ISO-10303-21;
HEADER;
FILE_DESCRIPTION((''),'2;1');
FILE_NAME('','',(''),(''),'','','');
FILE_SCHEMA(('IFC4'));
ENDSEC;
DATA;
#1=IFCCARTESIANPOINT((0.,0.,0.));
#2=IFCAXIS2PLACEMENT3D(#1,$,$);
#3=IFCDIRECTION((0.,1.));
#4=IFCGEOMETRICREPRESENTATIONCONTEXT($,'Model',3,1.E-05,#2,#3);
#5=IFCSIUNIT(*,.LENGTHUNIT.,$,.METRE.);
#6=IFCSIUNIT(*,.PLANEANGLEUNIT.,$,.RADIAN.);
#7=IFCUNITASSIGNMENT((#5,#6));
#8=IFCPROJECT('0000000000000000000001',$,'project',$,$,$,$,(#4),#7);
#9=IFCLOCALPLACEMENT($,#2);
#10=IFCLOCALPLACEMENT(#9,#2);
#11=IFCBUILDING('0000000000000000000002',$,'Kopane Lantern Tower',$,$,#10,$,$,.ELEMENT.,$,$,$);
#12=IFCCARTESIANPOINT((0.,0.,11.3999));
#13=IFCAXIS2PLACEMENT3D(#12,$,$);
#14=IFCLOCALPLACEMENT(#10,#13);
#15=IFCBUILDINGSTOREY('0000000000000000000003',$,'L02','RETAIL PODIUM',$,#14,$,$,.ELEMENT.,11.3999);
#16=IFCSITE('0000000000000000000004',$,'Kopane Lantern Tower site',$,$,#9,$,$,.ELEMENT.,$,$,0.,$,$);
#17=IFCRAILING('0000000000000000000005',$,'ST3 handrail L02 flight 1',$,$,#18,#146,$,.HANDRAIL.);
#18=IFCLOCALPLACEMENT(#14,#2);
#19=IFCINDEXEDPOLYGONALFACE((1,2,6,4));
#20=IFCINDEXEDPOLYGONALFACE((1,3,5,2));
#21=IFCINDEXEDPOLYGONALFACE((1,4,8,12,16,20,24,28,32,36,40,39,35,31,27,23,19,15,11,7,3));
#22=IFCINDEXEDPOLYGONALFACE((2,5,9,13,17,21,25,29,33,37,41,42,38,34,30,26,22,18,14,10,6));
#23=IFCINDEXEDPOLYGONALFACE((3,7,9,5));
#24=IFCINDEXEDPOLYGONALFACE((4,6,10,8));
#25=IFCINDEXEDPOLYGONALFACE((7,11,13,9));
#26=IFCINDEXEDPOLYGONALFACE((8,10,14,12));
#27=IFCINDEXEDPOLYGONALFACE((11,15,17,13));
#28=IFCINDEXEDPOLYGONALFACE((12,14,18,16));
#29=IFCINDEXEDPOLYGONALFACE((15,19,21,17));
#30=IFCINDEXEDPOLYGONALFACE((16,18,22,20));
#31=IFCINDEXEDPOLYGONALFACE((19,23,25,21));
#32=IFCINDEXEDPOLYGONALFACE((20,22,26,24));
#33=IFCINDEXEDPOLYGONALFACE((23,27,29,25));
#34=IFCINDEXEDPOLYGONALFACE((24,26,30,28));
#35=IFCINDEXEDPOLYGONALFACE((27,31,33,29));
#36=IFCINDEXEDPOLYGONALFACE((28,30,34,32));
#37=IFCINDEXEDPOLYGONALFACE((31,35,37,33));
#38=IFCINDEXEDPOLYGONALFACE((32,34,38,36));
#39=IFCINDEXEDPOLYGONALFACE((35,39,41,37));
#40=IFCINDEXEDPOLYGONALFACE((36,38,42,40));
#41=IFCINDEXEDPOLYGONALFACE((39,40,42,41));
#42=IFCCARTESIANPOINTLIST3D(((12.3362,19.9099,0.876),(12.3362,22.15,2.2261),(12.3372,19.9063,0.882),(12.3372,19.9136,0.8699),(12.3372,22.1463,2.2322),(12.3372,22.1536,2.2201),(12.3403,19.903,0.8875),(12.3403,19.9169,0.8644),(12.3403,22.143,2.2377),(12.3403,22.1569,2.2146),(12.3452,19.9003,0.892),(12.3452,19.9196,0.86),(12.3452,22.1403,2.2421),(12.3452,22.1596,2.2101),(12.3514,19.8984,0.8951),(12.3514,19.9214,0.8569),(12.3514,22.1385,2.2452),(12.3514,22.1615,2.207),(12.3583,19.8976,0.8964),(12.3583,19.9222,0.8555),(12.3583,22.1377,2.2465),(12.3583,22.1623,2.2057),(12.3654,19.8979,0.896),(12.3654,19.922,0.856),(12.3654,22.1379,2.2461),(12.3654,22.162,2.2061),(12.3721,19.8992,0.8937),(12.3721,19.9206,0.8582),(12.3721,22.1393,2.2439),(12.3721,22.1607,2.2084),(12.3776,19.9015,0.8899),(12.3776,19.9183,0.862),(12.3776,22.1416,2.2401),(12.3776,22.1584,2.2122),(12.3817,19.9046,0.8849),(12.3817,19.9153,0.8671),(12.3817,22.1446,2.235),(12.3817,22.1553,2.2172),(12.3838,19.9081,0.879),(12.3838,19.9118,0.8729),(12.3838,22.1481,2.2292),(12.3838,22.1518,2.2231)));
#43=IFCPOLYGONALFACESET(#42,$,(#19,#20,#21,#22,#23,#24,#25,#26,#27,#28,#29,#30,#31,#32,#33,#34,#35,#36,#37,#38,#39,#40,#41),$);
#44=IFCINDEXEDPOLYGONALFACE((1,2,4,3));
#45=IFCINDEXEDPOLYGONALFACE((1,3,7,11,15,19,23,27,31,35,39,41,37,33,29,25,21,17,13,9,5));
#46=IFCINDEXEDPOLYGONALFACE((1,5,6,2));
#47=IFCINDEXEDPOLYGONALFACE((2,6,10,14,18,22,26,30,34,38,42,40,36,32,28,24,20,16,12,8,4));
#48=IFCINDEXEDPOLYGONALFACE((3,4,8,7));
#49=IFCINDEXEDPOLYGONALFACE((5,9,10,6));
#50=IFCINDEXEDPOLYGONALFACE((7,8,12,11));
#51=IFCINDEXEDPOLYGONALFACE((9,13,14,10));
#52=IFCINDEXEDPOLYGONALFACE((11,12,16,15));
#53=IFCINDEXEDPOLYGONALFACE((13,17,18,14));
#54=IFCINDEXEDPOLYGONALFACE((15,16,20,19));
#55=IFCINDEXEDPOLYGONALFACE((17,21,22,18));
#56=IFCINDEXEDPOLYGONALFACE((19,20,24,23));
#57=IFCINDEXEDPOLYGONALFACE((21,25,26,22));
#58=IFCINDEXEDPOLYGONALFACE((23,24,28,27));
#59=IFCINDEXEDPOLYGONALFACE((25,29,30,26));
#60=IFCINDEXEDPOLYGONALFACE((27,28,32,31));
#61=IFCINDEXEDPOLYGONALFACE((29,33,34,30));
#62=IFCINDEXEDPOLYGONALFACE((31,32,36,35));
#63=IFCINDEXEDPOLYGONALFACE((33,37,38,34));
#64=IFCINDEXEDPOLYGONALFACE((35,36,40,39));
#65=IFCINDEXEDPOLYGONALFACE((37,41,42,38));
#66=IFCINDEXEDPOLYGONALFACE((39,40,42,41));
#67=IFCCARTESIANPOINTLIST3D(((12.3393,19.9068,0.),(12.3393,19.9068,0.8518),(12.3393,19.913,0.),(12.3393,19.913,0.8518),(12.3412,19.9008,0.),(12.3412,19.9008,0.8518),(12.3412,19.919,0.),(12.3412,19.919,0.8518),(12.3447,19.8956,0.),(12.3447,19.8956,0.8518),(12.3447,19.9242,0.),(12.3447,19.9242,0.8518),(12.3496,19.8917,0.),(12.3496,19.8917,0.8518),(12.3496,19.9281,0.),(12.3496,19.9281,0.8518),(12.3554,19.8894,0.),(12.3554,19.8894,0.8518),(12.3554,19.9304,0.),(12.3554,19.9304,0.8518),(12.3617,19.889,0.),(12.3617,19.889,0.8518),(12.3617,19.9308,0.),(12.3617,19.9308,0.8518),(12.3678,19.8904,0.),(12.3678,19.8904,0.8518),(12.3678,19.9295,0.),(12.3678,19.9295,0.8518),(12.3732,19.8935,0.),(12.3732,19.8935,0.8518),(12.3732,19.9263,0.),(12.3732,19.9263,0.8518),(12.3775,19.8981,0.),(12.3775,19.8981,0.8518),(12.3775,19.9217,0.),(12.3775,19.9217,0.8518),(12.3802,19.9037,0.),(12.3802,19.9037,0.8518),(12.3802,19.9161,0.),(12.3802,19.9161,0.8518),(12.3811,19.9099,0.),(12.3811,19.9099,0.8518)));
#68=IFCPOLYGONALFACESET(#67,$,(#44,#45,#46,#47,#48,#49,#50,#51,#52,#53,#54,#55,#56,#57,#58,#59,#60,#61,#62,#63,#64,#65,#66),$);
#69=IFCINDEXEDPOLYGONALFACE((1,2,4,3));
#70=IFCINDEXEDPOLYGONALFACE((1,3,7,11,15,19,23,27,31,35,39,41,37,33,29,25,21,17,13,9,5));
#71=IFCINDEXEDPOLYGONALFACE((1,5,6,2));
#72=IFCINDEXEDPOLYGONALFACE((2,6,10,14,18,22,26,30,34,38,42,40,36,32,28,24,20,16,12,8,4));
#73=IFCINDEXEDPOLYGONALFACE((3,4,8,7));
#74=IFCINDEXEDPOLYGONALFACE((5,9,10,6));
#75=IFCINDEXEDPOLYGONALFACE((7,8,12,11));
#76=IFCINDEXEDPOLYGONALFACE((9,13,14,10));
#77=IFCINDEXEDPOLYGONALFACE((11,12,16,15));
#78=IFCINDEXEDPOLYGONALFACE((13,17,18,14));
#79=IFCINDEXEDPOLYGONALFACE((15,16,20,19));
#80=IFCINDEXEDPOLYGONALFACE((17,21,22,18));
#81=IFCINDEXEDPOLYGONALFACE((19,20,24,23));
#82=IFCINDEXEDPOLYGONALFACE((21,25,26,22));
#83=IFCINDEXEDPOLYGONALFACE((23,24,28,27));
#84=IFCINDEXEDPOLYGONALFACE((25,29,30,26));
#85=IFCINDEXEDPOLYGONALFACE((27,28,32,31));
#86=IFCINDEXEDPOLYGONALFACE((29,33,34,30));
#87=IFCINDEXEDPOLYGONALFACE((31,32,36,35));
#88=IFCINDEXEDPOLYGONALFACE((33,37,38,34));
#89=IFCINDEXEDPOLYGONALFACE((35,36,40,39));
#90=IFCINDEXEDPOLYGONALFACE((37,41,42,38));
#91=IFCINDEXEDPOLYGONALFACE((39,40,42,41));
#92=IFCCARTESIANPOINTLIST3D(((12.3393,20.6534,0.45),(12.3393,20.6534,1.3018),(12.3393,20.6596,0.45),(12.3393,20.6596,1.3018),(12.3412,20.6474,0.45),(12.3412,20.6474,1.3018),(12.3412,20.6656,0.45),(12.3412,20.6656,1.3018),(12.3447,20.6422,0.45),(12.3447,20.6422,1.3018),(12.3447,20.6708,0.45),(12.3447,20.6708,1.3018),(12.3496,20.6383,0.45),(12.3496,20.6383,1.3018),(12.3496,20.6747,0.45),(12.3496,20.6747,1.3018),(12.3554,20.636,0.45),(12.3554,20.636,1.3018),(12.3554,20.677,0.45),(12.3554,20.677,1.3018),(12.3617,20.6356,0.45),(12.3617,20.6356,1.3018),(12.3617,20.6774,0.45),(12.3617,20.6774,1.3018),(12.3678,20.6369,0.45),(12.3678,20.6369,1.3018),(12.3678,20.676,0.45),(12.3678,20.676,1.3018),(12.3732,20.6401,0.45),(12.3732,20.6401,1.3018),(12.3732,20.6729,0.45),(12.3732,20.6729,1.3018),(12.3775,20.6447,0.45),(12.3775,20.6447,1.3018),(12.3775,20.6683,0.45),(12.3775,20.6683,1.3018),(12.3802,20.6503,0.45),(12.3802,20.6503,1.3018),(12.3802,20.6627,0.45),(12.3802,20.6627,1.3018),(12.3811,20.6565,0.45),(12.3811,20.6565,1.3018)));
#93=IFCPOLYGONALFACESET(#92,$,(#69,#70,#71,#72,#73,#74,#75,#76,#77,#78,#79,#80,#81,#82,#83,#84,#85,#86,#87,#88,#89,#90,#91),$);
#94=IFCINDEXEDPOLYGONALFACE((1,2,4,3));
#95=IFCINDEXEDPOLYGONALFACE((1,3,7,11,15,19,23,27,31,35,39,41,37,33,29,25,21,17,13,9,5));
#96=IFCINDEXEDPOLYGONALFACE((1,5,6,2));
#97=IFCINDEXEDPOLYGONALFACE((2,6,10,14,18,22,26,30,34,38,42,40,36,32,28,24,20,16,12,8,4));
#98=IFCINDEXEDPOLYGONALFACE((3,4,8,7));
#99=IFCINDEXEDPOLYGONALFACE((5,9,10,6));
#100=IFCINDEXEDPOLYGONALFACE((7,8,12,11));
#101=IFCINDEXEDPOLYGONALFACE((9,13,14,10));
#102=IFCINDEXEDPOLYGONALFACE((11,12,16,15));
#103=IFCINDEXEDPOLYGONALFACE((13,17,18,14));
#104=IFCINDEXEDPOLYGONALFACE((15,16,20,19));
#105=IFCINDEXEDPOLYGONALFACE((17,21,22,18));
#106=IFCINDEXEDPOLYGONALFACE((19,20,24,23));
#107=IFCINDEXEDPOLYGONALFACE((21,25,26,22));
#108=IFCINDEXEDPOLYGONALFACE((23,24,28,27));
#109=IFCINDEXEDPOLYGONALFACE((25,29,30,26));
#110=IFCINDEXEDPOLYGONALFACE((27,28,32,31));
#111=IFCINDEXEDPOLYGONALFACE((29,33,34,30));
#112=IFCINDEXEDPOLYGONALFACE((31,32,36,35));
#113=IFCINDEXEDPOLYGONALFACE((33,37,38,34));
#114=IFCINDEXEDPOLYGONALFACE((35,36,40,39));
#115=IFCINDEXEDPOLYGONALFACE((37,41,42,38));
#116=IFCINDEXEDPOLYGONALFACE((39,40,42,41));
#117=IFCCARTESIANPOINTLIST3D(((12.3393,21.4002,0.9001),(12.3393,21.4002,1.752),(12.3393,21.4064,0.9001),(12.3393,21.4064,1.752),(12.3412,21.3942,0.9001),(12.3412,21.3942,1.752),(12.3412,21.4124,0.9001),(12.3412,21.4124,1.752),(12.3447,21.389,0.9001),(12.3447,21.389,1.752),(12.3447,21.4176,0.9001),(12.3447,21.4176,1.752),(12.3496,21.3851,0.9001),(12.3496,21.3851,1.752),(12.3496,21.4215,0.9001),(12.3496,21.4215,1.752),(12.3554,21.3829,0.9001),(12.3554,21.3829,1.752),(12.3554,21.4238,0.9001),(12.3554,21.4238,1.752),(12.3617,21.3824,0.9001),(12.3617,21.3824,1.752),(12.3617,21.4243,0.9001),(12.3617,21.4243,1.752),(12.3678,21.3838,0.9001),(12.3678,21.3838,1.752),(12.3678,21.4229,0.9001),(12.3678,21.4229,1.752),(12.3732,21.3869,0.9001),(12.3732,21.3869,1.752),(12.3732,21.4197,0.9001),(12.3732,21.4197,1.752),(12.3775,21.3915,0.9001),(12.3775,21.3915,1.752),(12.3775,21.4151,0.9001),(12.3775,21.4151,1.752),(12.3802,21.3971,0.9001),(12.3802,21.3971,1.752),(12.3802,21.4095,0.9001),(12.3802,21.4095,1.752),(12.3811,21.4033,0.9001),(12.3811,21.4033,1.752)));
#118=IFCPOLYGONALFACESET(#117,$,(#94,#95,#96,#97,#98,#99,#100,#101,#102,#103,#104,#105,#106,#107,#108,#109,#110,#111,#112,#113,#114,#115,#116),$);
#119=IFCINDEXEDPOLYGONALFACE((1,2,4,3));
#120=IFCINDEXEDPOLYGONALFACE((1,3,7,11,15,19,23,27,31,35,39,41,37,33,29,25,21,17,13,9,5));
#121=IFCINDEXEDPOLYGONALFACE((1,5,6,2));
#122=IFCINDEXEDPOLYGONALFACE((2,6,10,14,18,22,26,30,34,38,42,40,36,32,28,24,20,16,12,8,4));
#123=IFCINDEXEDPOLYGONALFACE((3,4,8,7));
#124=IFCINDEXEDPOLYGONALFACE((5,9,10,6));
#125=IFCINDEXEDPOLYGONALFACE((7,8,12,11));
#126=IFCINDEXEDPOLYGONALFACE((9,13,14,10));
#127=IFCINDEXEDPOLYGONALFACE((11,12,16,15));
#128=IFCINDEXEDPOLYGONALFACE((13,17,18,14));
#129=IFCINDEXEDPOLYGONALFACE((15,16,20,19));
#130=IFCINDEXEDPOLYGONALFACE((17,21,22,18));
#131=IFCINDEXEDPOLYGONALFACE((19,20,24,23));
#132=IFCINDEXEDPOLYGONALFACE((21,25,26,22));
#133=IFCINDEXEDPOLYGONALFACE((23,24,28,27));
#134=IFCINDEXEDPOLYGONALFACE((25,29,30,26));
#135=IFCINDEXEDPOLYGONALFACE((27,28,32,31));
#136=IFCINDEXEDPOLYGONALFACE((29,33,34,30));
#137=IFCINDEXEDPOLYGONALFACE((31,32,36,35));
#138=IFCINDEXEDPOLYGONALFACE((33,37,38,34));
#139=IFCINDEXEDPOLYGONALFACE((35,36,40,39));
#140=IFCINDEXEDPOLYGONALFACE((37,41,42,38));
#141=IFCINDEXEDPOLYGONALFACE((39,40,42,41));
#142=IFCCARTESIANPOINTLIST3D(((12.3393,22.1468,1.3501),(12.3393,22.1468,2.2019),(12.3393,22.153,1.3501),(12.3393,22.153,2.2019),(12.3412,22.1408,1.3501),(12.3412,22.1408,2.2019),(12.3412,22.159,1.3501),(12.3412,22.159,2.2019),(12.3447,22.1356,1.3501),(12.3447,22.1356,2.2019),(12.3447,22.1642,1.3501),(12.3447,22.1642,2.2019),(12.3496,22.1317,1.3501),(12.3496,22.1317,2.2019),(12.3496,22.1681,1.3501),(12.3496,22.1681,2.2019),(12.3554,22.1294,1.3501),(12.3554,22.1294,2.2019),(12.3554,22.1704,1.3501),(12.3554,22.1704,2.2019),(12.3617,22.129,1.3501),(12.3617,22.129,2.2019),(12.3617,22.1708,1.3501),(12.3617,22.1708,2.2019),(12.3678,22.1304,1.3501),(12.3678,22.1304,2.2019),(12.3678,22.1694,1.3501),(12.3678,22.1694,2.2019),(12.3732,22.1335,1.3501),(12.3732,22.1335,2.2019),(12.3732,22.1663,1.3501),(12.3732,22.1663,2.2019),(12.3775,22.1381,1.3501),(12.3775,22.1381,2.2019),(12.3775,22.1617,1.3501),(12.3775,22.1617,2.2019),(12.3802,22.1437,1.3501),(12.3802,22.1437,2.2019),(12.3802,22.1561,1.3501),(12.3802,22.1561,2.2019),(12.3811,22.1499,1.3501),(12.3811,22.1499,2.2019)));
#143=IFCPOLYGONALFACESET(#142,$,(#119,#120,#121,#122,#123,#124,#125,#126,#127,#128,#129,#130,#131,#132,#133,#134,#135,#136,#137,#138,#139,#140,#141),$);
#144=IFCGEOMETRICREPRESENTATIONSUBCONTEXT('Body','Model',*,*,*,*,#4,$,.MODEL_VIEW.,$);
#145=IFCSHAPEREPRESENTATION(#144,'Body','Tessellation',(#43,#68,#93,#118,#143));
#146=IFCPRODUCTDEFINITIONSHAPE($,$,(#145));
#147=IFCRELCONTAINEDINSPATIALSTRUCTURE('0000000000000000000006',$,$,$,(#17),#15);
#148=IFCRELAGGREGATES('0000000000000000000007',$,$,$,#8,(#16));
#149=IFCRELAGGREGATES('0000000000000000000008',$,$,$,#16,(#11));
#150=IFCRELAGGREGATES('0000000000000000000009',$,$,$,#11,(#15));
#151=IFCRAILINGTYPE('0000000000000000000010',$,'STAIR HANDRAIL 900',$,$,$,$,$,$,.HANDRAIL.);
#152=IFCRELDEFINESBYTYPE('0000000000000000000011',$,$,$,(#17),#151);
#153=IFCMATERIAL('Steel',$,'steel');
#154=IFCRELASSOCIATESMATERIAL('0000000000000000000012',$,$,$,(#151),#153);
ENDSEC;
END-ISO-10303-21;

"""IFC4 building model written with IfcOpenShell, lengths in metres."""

from ifc_helpers import new_model, si_unit, direction, frame, origin, origin_2d, place, context, subcontext, project, spatial, circle, extrude, material, type_object, element, save


model = new_model("IFC4")

# Units and contexts
model_context = context("Model", 3, precision=1e-05, world=origin(), true_north=direction((0.0, 1.0)))
body_context = subcontext(model_context, "Body", "Model", "MODEL_VIEW")
ifc_project = project(units=[si_unit("LENGTHUNIT", "METRE"), si_unit("PLANEANGLEUNIT", "RADIAN")], contexts=[model_context])

# Site, building, storey
site_placement = place(None, origin())
site = spatial("IfcSite", under=ifc_project, at=site_placement, Name="Kopane Lantern Tower site", CompositionType="ELEMENT", RefElevation=0.0)
building_placement = place(site_placement, origin())
building = spatial("IfcBuilding", under=site, at=building_placement, Name="Kopane Lantern Tower", CompositionType="ELEMENT")
storey_placement = place(building_placement, frame((0.0, 0.0, 11.3999)))
storey = spatial("IfcBuildingStorey", under=building, at=storey_placement, Name="L02", Description="RETAIL PODIUM", CompositionType="ELEMENT", Elevation=11.3999)

# Railing
ifc_material_1 = material(Name="Steel", Category="steel")
railing_type = type_object("IfcRailingType", Name="STAIR HANDRAIL 900", PredefinedType="HANDRAIL", material=ifc_material_1)
for number, where, name in (
    (1, (12.3601, 19.9099, 0.0), "ST3 handrail L02 flight 1"),
):
    element("IfcRailing", number, at=place(storey_placement, frame(where)), inside=storey, type_object=railing_type, Name=name, PredefinedType="HANDRAIL", context=body_context, shape_type="SweptSolid", body=[
        extrude(circle(Radius=0.0239, at=origin_2d()), frame((0.0, 0.0, 0.876), z_axis=(0.0, 0.856462, 0.516211), x_axis=(-1.0, 0.0, 0.0)), (0.0, 0.0, 1.0), 2.6155),
        extrude(circle(Radius=0.021, at=origin_2d()), origin(), (0.0, 0.0, 1.0), 0.8518),
        extrude(circle(Radius=0.021, at=origin_2d()), frame((0.0, 0.7466, 0.45)), (0.0, 0.0, 1.0), 0.8518),
        extrude(circle(Radius=0.021, at=origin_2d()), frame((0.0, 1.4934, 0.9001)), (0.0, 0.0, 1.0), 0.8518),
        extrude(circle(Radius=0.021, at=origin_2d()), frame((0.0, 2.24, 1.3501)), (0.0, 0.0, 1.0), 0.8518),
    ])

save(model, "model.ifc")
